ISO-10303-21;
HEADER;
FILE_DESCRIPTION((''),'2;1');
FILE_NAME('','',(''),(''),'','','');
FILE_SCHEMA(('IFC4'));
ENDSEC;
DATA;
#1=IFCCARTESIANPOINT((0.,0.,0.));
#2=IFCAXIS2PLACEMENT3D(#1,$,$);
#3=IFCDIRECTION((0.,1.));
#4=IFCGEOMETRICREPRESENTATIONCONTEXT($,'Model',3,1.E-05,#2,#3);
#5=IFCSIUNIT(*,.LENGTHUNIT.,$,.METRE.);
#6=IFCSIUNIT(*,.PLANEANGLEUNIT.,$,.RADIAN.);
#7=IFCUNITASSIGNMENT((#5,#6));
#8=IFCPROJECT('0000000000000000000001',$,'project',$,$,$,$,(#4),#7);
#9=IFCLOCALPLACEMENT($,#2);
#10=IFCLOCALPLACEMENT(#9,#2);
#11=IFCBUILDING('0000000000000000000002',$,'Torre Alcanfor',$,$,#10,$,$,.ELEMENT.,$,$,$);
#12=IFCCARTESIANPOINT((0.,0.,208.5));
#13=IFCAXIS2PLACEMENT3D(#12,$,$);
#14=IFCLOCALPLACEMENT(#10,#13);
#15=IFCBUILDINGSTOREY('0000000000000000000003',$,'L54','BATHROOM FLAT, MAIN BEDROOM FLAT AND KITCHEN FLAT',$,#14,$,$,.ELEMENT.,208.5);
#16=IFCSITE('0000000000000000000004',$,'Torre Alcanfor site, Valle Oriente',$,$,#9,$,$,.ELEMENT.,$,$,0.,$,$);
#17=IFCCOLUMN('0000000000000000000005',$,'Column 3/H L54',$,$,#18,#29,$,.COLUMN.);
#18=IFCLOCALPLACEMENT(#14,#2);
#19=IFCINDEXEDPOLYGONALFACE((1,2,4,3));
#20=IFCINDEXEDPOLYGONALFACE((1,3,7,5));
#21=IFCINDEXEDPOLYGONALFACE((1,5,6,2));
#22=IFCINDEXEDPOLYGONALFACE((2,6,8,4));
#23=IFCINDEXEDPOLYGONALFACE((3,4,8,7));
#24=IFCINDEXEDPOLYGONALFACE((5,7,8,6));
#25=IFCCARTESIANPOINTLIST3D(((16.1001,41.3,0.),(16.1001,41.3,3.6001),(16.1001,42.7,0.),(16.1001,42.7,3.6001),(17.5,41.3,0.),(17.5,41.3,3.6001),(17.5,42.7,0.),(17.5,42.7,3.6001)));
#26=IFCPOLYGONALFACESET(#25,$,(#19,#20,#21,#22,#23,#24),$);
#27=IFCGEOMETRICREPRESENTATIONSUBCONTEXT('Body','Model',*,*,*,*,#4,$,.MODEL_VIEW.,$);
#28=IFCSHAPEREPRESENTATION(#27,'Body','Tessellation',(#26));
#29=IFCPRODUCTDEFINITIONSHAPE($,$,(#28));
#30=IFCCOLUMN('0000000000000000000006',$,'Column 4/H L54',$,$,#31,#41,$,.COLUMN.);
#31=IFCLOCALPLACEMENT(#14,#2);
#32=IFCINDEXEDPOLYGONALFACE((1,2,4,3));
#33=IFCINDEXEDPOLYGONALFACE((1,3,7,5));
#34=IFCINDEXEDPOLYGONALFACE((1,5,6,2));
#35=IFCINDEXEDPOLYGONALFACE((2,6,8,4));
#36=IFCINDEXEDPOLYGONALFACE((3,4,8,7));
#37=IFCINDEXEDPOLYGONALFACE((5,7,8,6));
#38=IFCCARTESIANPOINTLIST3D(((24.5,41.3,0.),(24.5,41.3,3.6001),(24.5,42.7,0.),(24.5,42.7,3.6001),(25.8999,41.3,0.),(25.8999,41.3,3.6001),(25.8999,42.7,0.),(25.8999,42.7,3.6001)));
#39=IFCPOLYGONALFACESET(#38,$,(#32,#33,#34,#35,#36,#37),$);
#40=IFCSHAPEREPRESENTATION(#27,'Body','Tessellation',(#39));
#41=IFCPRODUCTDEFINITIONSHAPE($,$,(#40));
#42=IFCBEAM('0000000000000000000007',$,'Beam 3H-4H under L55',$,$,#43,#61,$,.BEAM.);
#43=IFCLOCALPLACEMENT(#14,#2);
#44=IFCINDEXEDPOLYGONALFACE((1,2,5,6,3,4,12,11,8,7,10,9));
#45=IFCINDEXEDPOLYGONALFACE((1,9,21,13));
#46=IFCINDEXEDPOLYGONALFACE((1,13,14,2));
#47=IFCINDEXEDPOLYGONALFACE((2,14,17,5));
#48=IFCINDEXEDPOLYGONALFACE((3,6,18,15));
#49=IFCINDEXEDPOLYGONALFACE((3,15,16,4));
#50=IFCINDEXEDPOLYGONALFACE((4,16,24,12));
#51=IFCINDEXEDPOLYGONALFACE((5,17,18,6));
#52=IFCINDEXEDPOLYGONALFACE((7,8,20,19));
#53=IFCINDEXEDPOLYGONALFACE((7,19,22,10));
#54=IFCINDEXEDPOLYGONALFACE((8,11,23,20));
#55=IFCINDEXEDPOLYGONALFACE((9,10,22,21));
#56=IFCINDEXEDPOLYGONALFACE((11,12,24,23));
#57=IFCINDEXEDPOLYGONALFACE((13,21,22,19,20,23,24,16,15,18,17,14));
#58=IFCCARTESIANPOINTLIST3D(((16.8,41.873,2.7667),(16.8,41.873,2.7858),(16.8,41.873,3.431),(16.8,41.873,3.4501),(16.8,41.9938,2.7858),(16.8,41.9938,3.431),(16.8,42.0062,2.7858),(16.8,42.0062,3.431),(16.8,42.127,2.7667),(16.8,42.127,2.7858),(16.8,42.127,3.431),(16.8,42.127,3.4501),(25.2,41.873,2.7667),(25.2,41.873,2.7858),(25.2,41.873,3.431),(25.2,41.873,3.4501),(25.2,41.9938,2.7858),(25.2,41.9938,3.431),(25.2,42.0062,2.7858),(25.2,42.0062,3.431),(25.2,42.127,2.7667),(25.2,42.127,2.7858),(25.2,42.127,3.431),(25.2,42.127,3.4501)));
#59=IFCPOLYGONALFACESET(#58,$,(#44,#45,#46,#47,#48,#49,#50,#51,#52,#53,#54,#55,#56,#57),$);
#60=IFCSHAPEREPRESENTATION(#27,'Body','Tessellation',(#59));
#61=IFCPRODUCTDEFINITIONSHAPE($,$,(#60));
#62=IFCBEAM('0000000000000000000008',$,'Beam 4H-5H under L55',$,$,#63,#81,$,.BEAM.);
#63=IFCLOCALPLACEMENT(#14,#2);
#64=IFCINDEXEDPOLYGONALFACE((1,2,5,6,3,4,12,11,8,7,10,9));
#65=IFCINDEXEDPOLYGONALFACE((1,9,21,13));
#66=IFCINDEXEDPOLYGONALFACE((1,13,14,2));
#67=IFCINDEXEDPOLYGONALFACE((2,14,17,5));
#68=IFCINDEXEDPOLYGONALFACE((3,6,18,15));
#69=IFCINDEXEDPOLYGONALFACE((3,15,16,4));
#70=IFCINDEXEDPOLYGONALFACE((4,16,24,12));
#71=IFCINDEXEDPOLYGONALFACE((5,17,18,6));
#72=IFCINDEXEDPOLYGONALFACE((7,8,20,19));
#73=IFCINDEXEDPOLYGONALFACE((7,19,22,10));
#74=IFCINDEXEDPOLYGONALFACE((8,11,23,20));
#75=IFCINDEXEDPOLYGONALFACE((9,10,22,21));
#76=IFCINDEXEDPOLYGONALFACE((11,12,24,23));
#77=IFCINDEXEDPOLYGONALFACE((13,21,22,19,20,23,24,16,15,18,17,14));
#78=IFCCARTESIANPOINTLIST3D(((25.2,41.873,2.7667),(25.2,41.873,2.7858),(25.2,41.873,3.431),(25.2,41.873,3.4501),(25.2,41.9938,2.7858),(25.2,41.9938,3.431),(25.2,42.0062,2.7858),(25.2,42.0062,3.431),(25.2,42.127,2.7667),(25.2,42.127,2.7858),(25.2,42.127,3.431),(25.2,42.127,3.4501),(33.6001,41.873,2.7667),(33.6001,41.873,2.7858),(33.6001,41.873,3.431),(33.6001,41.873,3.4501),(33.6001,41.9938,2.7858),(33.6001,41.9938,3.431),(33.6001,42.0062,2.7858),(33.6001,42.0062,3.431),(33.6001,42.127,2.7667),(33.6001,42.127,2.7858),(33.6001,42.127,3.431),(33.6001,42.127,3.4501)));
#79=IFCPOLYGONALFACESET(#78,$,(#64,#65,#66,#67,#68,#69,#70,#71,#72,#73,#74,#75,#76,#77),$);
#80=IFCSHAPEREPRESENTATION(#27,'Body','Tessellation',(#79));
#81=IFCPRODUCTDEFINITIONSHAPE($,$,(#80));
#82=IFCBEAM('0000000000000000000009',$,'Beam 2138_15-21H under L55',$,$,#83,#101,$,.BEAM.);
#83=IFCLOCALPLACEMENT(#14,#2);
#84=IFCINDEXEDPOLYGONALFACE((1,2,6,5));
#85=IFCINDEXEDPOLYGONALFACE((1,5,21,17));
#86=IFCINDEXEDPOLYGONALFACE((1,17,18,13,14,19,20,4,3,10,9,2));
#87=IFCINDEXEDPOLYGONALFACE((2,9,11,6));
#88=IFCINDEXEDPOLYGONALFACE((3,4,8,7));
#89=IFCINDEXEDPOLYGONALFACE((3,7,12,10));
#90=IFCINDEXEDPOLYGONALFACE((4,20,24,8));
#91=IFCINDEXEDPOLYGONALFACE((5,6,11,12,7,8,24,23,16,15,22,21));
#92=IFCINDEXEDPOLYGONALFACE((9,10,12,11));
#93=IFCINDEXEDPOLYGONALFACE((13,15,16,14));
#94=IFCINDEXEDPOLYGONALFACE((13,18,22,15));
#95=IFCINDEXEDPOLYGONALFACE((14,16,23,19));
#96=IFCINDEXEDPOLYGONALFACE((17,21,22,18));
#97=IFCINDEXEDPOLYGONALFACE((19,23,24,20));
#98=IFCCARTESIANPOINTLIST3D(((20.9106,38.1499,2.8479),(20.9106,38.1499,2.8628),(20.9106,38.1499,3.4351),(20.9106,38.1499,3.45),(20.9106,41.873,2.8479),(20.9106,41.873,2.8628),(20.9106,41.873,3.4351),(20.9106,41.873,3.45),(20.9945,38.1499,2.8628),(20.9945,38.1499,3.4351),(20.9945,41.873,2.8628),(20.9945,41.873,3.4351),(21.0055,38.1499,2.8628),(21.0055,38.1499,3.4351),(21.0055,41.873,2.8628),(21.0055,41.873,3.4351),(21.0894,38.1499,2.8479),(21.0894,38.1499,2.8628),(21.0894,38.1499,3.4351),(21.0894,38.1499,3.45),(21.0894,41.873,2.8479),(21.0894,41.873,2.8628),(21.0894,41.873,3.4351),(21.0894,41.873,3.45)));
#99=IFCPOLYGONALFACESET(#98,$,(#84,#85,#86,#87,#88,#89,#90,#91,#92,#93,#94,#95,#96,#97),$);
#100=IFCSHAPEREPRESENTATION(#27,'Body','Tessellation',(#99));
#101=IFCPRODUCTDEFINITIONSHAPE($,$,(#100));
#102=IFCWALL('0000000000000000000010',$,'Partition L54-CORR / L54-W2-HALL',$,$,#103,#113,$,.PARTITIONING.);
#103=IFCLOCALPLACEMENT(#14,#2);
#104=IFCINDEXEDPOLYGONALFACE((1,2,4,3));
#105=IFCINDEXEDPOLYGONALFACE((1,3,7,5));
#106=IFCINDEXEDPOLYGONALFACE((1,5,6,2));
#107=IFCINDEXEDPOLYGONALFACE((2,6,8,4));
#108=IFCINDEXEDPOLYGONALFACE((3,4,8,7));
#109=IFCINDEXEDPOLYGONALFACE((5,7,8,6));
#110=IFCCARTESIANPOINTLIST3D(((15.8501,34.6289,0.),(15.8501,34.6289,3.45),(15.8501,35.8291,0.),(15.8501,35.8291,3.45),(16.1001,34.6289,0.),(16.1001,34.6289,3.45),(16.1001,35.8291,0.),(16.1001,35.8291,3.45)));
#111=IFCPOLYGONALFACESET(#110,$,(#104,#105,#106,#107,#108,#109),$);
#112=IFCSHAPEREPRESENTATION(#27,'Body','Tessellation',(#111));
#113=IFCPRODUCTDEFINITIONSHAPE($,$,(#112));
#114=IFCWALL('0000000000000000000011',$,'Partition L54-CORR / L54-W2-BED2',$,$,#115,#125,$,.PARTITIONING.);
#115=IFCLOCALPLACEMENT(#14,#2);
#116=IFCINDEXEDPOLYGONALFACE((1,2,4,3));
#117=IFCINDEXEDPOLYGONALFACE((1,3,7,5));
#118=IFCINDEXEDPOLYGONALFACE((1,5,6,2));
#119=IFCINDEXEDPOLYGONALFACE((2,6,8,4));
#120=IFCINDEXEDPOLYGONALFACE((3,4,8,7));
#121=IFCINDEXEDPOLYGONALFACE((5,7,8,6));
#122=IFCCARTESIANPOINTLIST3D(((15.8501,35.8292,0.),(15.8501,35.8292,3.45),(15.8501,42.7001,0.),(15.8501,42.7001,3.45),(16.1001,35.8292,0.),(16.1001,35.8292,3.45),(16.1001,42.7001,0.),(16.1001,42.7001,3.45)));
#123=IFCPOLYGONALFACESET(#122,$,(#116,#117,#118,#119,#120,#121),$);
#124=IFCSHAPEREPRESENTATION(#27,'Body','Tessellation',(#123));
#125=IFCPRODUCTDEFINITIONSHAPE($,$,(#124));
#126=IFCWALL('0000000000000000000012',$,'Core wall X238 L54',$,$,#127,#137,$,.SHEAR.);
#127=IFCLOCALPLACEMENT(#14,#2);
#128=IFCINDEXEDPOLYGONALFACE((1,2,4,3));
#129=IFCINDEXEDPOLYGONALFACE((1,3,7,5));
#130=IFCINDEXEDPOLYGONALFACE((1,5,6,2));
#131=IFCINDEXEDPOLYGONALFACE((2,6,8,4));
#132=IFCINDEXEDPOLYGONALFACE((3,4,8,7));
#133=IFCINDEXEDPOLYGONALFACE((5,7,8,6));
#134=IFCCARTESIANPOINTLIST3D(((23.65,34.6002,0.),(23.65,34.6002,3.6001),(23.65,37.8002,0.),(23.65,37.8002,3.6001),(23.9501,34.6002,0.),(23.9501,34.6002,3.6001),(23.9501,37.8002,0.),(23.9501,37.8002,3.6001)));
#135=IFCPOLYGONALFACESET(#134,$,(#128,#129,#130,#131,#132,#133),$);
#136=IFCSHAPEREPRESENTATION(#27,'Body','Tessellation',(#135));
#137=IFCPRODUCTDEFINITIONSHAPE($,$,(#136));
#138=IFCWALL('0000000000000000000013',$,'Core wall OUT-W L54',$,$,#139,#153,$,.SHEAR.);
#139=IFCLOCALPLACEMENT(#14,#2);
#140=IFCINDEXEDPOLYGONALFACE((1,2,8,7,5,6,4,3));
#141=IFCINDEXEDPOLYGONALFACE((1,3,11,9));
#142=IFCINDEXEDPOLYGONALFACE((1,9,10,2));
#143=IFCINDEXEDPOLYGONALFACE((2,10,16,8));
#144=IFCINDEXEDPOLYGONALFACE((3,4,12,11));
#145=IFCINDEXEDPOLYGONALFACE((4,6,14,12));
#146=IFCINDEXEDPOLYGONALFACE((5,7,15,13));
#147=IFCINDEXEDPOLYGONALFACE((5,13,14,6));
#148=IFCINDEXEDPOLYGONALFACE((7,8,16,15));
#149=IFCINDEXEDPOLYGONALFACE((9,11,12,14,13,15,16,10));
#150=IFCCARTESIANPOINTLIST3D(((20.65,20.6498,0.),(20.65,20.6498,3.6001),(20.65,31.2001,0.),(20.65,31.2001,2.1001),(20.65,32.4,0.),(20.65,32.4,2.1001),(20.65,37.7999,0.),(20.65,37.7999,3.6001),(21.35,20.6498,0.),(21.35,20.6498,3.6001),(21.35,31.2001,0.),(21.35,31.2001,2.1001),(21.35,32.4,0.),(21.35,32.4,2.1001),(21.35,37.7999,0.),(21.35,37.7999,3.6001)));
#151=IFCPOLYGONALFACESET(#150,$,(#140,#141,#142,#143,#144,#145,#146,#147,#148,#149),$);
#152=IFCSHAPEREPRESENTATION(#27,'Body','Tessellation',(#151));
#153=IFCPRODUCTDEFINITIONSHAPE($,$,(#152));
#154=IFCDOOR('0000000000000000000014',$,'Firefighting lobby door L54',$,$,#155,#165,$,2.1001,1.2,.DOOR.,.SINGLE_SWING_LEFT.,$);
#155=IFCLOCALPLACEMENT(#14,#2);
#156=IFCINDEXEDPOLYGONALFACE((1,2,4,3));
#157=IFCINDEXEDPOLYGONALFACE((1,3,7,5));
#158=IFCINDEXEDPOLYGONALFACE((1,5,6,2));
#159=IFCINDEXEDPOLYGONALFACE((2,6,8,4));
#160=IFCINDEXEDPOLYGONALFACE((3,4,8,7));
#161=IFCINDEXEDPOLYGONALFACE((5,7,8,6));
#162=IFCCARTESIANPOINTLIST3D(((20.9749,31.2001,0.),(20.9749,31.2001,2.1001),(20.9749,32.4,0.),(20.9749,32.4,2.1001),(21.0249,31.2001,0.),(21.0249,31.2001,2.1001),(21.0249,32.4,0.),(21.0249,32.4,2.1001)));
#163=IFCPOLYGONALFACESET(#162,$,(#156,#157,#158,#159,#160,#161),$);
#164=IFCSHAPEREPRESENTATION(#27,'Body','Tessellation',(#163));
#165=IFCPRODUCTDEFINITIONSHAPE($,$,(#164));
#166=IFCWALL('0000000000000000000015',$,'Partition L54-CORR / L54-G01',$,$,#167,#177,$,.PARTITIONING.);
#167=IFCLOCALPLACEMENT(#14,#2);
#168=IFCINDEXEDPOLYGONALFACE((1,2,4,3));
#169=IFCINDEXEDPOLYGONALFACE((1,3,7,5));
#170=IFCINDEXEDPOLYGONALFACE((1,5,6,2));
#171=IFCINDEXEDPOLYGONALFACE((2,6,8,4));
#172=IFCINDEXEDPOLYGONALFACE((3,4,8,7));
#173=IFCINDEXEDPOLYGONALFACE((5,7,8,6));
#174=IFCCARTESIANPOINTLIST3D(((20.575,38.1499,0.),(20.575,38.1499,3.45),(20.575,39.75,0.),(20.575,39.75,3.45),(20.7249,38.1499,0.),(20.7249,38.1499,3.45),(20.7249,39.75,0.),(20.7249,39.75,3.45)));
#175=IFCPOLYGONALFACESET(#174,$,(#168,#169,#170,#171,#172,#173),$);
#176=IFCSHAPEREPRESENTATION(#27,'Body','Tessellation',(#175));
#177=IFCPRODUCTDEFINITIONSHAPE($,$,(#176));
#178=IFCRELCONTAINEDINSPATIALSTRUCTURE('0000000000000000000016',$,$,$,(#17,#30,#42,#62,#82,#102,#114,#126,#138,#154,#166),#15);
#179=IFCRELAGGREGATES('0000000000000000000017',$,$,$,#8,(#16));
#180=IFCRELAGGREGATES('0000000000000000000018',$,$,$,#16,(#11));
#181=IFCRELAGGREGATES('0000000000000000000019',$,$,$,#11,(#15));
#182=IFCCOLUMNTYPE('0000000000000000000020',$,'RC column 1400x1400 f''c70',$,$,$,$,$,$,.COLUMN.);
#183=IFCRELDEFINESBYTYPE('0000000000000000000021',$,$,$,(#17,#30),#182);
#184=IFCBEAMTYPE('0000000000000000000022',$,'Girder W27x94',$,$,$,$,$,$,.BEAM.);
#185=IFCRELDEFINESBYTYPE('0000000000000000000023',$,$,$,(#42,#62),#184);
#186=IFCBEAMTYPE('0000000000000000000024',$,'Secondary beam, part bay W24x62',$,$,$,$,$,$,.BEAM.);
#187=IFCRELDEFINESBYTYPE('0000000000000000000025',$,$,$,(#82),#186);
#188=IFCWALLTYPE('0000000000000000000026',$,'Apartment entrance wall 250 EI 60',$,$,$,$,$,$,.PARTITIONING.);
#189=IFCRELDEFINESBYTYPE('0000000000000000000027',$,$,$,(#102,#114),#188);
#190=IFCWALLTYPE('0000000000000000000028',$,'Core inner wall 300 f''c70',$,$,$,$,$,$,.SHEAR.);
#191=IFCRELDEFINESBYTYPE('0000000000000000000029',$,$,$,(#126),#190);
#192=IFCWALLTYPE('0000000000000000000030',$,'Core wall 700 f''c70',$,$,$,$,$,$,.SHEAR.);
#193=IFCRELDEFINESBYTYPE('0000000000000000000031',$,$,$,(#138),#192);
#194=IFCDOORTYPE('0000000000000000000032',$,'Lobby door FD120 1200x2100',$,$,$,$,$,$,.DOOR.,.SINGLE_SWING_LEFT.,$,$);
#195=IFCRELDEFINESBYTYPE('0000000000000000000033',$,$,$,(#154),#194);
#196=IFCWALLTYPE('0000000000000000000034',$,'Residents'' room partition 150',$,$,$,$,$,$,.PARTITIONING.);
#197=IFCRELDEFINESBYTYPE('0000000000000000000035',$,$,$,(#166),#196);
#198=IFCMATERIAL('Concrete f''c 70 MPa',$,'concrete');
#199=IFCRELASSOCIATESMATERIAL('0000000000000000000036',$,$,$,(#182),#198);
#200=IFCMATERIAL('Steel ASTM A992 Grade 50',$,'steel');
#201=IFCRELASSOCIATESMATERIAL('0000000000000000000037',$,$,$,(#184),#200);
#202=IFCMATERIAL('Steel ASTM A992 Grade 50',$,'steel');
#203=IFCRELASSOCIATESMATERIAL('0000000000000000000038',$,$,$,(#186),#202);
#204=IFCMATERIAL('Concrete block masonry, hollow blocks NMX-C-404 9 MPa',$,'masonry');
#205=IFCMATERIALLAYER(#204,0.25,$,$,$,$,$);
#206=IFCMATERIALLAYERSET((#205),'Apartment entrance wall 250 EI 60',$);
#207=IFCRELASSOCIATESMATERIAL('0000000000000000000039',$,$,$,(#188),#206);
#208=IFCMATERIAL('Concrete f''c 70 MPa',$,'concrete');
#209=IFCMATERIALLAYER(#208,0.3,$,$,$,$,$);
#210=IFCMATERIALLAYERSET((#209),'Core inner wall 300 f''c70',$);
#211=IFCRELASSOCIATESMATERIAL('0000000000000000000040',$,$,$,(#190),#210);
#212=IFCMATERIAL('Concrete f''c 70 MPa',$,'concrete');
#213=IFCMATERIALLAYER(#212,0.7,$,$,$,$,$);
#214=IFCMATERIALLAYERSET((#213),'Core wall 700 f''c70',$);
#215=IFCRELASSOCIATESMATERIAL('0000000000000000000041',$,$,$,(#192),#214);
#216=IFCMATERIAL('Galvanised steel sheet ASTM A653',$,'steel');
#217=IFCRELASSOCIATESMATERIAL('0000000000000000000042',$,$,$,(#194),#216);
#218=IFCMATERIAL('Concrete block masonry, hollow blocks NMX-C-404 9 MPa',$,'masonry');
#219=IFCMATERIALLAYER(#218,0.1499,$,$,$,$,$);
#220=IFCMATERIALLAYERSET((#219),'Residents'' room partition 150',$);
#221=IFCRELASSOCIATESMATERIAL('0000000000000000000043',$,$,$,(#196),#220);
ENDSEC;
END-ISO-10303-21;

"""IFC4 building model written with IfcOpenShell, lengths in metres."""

from ifc_helpers import new_model, si_unit, direction, frame, frame_2d, origin, origin_2d, place, context, subcontext, project, spatial, rectangle, i_section, extrude, material, layer, layer_set, material_profile, profile_set, type_object, element, fill, save


model = new_model("IFC4")

# Units and contexts
model_context = context("Model", 3, precision=1e-05, world=origin(), true_north=direction((0.0, 1.0)))
body_context = subcontext(model_context, "Body", "Model", "MODEL_VIEW")
ifc_project = project(units=[si_unit("LENGTHUNIT", "METRE"), si_unit("PLANEANGLEUNIT", "RADIAN")], contexts=[model_context])

# Site, building, storey
site_placement = place(None, origin())
site = spatial("IfcSite", under=ifc_project, at=site_placement, Name="Torre Alcanfor site, Valle Oriente", CompositionType="ELEMENT", RefElevation=0.0)
building_placement = place(site_placement, origin())
building = spatial("IfcBuilding", under=site, at=building_placement, Name="Torre Alcanfor", CompositionType="ELEMENT")
storey_placement = place(building_placement, frame((0.0, 0.0, 208.5)))
storey = spatial("IfcBuildingStorey", under=building, at=storey_placement, Name="L54", Description="BATHROOM FLAT, MAIN BEDROOM FLAT AND KITCHEN FLAT", CompositionType="ELEMENT", Elevation=208.5)

# Columns
ifc_material_1 = material(Name="Concrete f'c 70 MPa", Category="concrete")
ifc_material_profile_1 = material_profile(ifc_material_1, rectangle(XDim=1.3999, YDim=1.3999, at=origin_2d()), Name="1400x1400")
ifc_profile_set_1 = profile_set([ifc_material_profile_1], Name="Concrete f'c 70 MPa")
column_type = type_object("IfcColumnType", Name="RC column 1400x1400 f'c70", PredefinedType="COLUMN", material=ifc_profile_set_1)
for number, where, z_axis, x_axis, name in (
    (1, (16.8, 42.0, 0.0), (0.0, 0.0, 1.0), (1.0, 0.0, 0.0), "Column 3/H L54"),
    (2, (25.2, 42.0, 0.0), (0.0, 0.0, 1.0), (1.0, 0.0, 0.0), "Column 4/H L54"),
):
    element("IfcColumn", number, at=place(storey_placement, frame(where, z_axis=z_axis, x_axis=x_axis)), inside=storey, type_object=column_type, Name=name, PredefinedType="COLUMN", context=body_context, shape_type="SweptSolid", body=[
        extrude(rectangle(XDim=1.3999, YDim=1.3999, at=origin_2d()), origin(), (0.0, 0.0, 1.0), 3.6001),
    ])

# Beams
ifc_material_2 = material(Name="Steel ASTM A992 Grade 50", Category="steel")
ifc_material_profile_2 = material_profile(ifc_material_2, i_section(OverallWidth=0.2539, OverallDepth=0.6833, WebThickness=0.0125, FlangeThickness=0.019, at=origin_2d()), Name="W27x94")
ifc_profile_set_2 = profile_set([ifc_material_profile_2], Name="Steel ASTM A992 Grade 50")
beam_type_1 = type_object("IfcBeamType", Name="Girder W27x94", PredefinedType="BEAM", material=ifc_profile_set_2)
beam_1_placement = place(storey_placement, frame((16.8, 42.0, 3.1084), z_axis=(1.0, 0.0, 0.0), x_axis=(0.0, 1.0, 0.0)))
element("IfcBeam", 3, at=beam_1_placement, inside=storey, type_object=beam_type_1, Name="Beam 3H-4H under L55", PredefinedType="BEAM", context=body_context, shape_type="SweptSolid", body=[
    extrude(i_section(OverallWidth=0.2539, OverallDepth=0.6833, WebThickness=0.0125, FlangeThickness=0.019, at=origin_2d()), origin(), (0.0, 0.0, 1.0), 8.3999),
])
beam_2_placement = place(storey_placement, frame((25.2, 42.0, 3.1084), z_axis=(1.0, 0.0, 0.0), x_axis=(0.0, 1.0, 0.0)))
element("IfcBeam", 4, at=beam_2_placement, inside=storey, type_object=beam_type_1, Name="Beam 4H-5H under L55", PredefinedType="BEAM", context=body_context, shape_type="SweptSolid", body=[
    extrude(i_section(OverallWidth=0.2539, OverallDepth=0.6833, WebThickness=0.0125, FlangeThickness=0.019, at=origin_2d()), origin(), (0.0, 0.0, 1.0), 8.4001),
])
ifc_material_3 = material(Name="Steel ASTM A992 Grade 50", Category="steel")
ifc_material_profile_3 = material_profile(ifc_material_3, i_section(OverallWidth=0.1787, OverallDepth=0.6021, WebThickness=0.011, FlangeThickness=0.0149, at=origin_2d()), Name="W24x62")
ifc_profile_set_3 = profile_set([ifc_material_profile_3], Name="Steel ASTM A992 Grade 50")
beam_type_2 = type_object("IfcBeamType", Name="Secondary beam, part bay W24x62", PredefinedType="BEAM", material=ifc_profile_set_3)
beam_3_placement = place(storey_placement, frame((21.0, 38.1499, 3.1489), z_axis=(0.0, 1.0, 0.0), x_axis=(-1.0, 0.0, 0.0)))
element("IfcBeam", 5, at=beam_3_placement, inside=storey, type_object=beam_type_2, Name="Beam 2138_15-21H under L55", PredefinedType="BEAM", context=body_context, shape_type="SweptSolid", body=[
    extrude(i_section(OverallWidth=0.1787, OverallDepth=0.6021, WebThickness=0.011, FlangeThickness=0.0149, at=origin_2d()), origin(), (0.0, 0.0, 1.0), 3.7231),
])

# Walls
ifc_material_4 = material(Name="Concrete block masonry, hollow blocks NMX-C-404 9 MPa", Category="masonry")
ifc_layer_1 = layer(ifc_material_4, 0.25)
ifc_layer_set_1 = layer_set([ifc_layer_1], Name="Apartment entrance wall 250 EI 60")
wall_type_1 = type_object("IfcWallType", Name="Apartment entrance wall 250 EI 60", PredefinedType="PARTITIONING", material=ifc_layer_set_1)
wall_1_placement = place(storey_placement, frame((15.9751, 34.6289, 0.0), z_axis=(0.0, 0.0, 1.0), x_axis=(0.0, 1.0, 0.0)))
element("IfcWall", 6, at=wall_1_placement, inside=storey, type_object=wall_type_1, Name="Partition L54-CORR / L54-W2-HALL", PredefinedType="PARTITIONING", context=body_context, shape_type="SweptSolid", body=[
    extrude(rectangle(XDim=1.2002, YDim=0.25, at=frame_2d((0.6001, 0.0))), origin(), (0.0, 0.0, 1.0), 3.45),
])
wall_2_placement = place(storey_placement, frame((15.9751, 35.8291, 0.0), z_axis=(0.0, 0.0, 1.0), x_axis=(0.0, 1.0, 0.0)))
element("IfcWall", 7, at=wall_2_placement, inside=storey, type_object=wall_type_1, Name="Partition L54-CORR / L54-W2-BED2", PredefinedType="PARTITIONING", context=body_context, shape_type="SweptSolid", body=[
    extrude(rectangle(XDim=6.8708, YDim=0.25, at=frame_2d((3.4355, 0.0))), origin(), (0.0, 0.0, 1.0), 3.45),
])
ifc_material_5 = material(Name="Concrete f'c 70 MPa", Category="concrete")
ifc_layer_2 = layer(ifc_material_5, 0.3)
ifc_layer_set_2 = layer_set([ifc_layer_2], Name="Core inner wall 300 f'c70")
wall_type_2 = type_object("IfcWallType", Name="Core inner wall 300 f'c70", PredefinedType="SHEAR", material=ifc_layer_set_2)
wall_3_placement = place(storey_placement, frame((23.8, 34.6001, 0.0), z_axis=(0.0, 0.0, 1.0), x_axis=(0.0, 1.0, 0.0)))
element("IfcWall", 8, at=wall_3_placement, inside=storey, type_object=wall_type_2, Name="Core wall X238 L54", PredefinedType="SHEAR", context=body_context, shape_type="SweptSolid", body=[
    extrude(rectangle(XDim=3.2, YDim=0.3, at=frame_2d((1.6001, 0.0))), origin(), (0.0, 0.0, 1.0), 3.6001),
])

# Wall, opening, door
ifc_material_6 = material(Name="Concrete f'c 70 MPa", Category="concrete")
ifc_layer_3 = layer(ifc_material_6, 0.7)
ifc_layer_set_3 = layer_set([ifc_layer_3], Name="Core wall 700 f'c70")
wall_type_3 = type_object("IfcWallType", Name="Core wall 700 f'c70", PredefinedType="SHEAR", material=ifc_layer_set_3)
wall_4_placement = place(storey_placement, frame((21.0, 37.8, 0.0), z_axis=(0.0, 0.0, 1.0), x_axis=(0.0, -1.0, 0.0)))
wall_4 = element("IfcWall", 9, at=wall_4_placement, inside=storey, type_object=wall_type_3, Name="Core wall OUT-W L54", PredefinedType="SHEAR", context=body_context, shape_type="SweptSolid", body=[
    extrude(rectangle(XDim=17.1501, YDim=0.7, at=frame_2d((8.5752, 0.0))), origin(), (0.0, 0.0, 1.0), 3.6001),
])
opening_1_placement = place(wall_4_placement, frame((5.3999, 0.0, 0.0)))
opening_1 = element("IfcOpeningElement", 10, at=opening_1_placement, cuts=wall_4, PredefinedType="OPENING", context=body_context, shape_type="SweptSolid", body=[
    extrude(rectangle(XDim=1.2, YDim=2.1001, at=frame_2d((0.6001, 1.05))), frame((0.0, 0.3599, 0.0), z_axis=(0.0, -1.0, 0.0), x_axis=(1.0, 0.0, 0.0)), (0.0, 0.0, 1.0), 0.72),
])
ifc_material_7 = material(Name="Galvanised steel sheet ASTM A653", Category="steel")
door_type_1 = type_object("IfcDoorType", Name="Lobby door FD120 1200x2100", OperationType="SINGLE_SWING_LEFT", PredefinedType="DOOR", material=ifc_material_7)
door_1_placement = place(opening_1_placement, origin())
door_1 = element("IfcDoor", 11, at=door_1_placement, inside=storey, type_object=door_type_1, Name="Firefighting lobby door L54", OperationType="SINGLE_SWING_LEFT", OverallHeight=2.1001, OverallWidth=1.2, PredefinedType="DOOR", context=body_context, shape_type="SweptSolid", body=[
    extrude(rectangle(XDim=1.2, YDim=2.1001, at=frame_2d((0.6001, 1.05))), frame((0.0, 0.0249, 0.0), z_axis=(0.0, -1.0, 0.0), x_axis=(1.0, 0.0, 0.0)), (0.0, 0.0, 1.0), 0.05),
])
fill(opening_1, door_1)

# Wall
ifc_material_8 = material(Name="Concrete block masonry, hollow blocks NMX-C-404 9 MPa", Category="masonry")
ifc_layer_4 = layer(ifc_material_8, 0.1499)
ifc_layer_set_4 = layer_set([ifc_layer_4], Name="Residents' room partition 150")
wall_type_4 = type_object("IfcWallType", Name="Residents' room partition 150", PredefinedType="PARTITIONING", material=ifc_layer_set_4)
wall_5_placement = place(storey_placement, frame((20.6499, 39.75, 0.0), z_axis=(0.0, 0.0, 1.0), x_axis=(0.0, -1.0, 0.0)))
element("IfcWall", 12, at=wall_5_placement, inside=storey, type_object=wall_type_4, Name="Partition L54-CORR / L54-G01", PredefinedType="PARTITIONING", context=body_context, shape_type="SweptSolid", body=[
    extrude(rectangle(XDim=1.6001, YDim=0.1499, at=frame_2d((0.8, 0.0))), origin(), (0.0, 0.0, 1.0), 3.45),
])

save(model, "model.ifc")
